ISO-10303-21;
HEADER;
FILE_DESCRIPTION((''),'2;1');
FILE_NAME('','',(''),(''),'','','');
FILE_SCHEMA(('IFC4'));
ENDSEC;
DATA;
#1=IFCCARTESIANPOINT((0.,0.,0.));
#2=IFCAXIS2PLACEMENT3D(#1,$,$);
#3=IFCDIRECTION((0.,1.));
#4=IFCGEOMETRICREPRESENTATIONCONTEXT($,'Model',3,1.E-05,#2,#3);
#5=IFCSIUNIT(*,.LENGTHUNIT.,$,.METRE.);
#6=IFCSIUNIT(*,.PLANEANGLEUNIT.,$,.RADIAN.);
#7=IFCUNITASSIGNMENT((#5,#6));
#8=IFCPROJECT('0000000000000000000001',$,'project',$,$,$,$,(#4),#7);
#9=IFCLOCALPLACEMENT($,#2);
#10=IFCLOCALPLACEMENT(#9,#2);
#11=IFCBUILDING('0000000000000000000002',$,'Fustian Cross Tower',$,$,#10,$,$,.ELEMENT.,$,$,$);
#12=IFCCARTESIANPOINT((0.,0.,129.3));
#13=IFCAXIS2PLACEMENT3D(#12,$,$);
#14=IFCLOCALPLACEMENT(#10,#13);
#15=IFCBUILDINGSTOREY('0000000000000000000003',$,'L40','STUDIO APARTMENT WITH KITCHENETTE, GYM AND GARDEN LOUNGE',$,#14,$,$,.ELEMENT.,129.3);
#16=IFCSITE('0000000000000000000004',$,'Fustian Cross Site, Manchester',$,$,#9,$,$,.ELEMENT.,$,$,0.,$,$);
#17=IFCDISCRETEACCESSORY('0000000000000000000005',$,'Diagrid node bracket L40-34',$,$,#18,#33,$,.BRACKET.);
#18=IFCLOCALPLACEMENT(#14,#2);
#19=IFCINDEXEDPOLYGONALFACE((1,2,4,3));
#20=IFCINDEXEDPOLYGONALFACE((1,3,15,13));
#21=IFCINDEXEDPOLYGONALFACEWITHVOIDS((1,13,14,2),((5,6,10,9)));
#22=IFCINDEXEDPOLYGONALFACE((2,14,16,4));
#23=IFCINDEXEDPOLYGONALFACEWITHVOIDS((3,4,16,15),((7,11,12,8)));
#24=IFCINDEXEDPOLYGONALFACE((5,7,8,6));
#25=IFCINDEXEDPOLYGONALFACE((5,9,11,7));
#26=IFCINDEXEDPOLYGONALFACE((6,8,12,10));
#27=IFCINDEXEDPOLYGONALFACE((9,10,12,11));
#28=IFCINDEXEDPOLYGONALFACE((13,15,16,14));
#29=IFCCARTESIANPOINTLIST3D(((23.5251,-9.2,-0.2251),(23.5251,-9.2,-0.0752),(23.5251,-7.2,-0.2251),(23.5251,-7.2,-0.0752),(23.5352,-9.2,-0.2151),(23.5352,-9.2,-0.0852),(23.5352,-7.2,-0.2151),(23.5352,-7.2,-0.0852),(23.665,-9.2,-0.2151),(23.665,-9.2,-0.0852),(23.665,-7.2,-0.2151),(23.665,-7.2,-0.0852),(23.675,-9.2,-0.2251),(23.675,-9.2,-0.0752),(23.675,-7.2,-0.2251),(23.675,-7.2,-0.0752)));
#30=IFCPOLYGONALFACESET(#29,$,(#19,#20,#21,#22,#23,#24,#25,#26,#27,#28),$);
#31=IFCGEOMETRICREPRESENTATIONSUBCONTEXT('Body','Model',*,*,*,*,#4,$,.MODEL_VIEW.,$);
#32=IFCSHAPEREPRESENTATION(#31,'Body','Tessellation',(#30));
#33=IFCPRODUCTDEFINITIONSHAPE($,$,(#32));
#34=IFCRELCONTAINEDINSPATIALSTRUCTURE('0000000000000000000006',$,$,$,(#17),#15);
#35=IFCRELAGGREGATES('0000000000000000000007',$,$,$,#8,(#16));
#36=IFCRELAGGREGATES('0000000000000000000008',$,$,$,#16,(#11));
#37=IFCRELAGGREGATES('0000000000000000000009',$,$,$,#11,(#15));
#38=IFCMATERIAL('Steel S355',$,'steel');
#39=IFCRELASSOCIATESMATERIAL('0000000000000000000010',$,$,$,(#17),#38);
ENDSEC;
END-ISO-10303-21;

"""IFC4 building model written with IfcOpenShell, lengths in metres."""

from ifc_helpers import new_model, si_unit, direction, frame, origin, origin_2d, place, context, subcontext, project, spatial, hollow_rectangle, extrude, material, element, save


model = new_model("IFC4")

# Units and contexts
model_context = context("Model", 3, precision=1e-05, world=origin(), true_north=direction((0.0, 1.0)))
body_context = subcontext(model_context, "Body", "Model", "MODEL_VIEW")
ifc_project = project(units=[si_unit("LENGTHUNIT", "METRE"), si_unit("PLANEANGLEUNIT", "RADIAN")], contexts=[model_context])

# Site, building, storey
site_placement = place(None, origin())
site = spatial("IfcSite", under=ifc_project, at=site_placement, Name="Fustian Cross Site, Manchester", CompositionType="ELEMENT", RefElevation=0.0)
building_placement = place(site_placement, origin())
building = spatial("IfcBuilding", under=site, at=building_placement, Name="Fustian Cross Tower", CompositionType="ELEMENT")
storey_placement = place(building_placement, frame((0.0, 0.0, 129.3)))
storey = spatial("IfcBuildingStorey", under=building, at=storey_placement, Name="L40", Description="STUDIO APARTMENT WITH KITCHENETTE, GYM AND GARDEN LOUNGE", CompositionType="ELEMENT", Elevation=129.3)

# Discrete accessory
ifc_material_1 = material(Name="Steel S355", Category="steel")
discrete_accessory_placement = place(storey_placement, frame((23.6001, -9.2, -0.1501), z_axis=(0.0, 1.0, 0.0), x_axis=(-1.0, 0.0, 0.0)))
element("IfcDiscreteAccessory", 1, at=discrete_accessory_placement, inside=storey, material=ifc_material_1, Name="Diagrid node bracket L40-34", PredefinedType="BRACKET", context=body_context, shape_type="SweptSolid", body=[
    extrude(hollow_rectangle(XDim=0.1499, YDim=0.1499, WallThickness=0.01, at=origin_2d()), origin(), (0.0, 0.0, 1.0), 2.0),
])

save(model, "model.ifc")
